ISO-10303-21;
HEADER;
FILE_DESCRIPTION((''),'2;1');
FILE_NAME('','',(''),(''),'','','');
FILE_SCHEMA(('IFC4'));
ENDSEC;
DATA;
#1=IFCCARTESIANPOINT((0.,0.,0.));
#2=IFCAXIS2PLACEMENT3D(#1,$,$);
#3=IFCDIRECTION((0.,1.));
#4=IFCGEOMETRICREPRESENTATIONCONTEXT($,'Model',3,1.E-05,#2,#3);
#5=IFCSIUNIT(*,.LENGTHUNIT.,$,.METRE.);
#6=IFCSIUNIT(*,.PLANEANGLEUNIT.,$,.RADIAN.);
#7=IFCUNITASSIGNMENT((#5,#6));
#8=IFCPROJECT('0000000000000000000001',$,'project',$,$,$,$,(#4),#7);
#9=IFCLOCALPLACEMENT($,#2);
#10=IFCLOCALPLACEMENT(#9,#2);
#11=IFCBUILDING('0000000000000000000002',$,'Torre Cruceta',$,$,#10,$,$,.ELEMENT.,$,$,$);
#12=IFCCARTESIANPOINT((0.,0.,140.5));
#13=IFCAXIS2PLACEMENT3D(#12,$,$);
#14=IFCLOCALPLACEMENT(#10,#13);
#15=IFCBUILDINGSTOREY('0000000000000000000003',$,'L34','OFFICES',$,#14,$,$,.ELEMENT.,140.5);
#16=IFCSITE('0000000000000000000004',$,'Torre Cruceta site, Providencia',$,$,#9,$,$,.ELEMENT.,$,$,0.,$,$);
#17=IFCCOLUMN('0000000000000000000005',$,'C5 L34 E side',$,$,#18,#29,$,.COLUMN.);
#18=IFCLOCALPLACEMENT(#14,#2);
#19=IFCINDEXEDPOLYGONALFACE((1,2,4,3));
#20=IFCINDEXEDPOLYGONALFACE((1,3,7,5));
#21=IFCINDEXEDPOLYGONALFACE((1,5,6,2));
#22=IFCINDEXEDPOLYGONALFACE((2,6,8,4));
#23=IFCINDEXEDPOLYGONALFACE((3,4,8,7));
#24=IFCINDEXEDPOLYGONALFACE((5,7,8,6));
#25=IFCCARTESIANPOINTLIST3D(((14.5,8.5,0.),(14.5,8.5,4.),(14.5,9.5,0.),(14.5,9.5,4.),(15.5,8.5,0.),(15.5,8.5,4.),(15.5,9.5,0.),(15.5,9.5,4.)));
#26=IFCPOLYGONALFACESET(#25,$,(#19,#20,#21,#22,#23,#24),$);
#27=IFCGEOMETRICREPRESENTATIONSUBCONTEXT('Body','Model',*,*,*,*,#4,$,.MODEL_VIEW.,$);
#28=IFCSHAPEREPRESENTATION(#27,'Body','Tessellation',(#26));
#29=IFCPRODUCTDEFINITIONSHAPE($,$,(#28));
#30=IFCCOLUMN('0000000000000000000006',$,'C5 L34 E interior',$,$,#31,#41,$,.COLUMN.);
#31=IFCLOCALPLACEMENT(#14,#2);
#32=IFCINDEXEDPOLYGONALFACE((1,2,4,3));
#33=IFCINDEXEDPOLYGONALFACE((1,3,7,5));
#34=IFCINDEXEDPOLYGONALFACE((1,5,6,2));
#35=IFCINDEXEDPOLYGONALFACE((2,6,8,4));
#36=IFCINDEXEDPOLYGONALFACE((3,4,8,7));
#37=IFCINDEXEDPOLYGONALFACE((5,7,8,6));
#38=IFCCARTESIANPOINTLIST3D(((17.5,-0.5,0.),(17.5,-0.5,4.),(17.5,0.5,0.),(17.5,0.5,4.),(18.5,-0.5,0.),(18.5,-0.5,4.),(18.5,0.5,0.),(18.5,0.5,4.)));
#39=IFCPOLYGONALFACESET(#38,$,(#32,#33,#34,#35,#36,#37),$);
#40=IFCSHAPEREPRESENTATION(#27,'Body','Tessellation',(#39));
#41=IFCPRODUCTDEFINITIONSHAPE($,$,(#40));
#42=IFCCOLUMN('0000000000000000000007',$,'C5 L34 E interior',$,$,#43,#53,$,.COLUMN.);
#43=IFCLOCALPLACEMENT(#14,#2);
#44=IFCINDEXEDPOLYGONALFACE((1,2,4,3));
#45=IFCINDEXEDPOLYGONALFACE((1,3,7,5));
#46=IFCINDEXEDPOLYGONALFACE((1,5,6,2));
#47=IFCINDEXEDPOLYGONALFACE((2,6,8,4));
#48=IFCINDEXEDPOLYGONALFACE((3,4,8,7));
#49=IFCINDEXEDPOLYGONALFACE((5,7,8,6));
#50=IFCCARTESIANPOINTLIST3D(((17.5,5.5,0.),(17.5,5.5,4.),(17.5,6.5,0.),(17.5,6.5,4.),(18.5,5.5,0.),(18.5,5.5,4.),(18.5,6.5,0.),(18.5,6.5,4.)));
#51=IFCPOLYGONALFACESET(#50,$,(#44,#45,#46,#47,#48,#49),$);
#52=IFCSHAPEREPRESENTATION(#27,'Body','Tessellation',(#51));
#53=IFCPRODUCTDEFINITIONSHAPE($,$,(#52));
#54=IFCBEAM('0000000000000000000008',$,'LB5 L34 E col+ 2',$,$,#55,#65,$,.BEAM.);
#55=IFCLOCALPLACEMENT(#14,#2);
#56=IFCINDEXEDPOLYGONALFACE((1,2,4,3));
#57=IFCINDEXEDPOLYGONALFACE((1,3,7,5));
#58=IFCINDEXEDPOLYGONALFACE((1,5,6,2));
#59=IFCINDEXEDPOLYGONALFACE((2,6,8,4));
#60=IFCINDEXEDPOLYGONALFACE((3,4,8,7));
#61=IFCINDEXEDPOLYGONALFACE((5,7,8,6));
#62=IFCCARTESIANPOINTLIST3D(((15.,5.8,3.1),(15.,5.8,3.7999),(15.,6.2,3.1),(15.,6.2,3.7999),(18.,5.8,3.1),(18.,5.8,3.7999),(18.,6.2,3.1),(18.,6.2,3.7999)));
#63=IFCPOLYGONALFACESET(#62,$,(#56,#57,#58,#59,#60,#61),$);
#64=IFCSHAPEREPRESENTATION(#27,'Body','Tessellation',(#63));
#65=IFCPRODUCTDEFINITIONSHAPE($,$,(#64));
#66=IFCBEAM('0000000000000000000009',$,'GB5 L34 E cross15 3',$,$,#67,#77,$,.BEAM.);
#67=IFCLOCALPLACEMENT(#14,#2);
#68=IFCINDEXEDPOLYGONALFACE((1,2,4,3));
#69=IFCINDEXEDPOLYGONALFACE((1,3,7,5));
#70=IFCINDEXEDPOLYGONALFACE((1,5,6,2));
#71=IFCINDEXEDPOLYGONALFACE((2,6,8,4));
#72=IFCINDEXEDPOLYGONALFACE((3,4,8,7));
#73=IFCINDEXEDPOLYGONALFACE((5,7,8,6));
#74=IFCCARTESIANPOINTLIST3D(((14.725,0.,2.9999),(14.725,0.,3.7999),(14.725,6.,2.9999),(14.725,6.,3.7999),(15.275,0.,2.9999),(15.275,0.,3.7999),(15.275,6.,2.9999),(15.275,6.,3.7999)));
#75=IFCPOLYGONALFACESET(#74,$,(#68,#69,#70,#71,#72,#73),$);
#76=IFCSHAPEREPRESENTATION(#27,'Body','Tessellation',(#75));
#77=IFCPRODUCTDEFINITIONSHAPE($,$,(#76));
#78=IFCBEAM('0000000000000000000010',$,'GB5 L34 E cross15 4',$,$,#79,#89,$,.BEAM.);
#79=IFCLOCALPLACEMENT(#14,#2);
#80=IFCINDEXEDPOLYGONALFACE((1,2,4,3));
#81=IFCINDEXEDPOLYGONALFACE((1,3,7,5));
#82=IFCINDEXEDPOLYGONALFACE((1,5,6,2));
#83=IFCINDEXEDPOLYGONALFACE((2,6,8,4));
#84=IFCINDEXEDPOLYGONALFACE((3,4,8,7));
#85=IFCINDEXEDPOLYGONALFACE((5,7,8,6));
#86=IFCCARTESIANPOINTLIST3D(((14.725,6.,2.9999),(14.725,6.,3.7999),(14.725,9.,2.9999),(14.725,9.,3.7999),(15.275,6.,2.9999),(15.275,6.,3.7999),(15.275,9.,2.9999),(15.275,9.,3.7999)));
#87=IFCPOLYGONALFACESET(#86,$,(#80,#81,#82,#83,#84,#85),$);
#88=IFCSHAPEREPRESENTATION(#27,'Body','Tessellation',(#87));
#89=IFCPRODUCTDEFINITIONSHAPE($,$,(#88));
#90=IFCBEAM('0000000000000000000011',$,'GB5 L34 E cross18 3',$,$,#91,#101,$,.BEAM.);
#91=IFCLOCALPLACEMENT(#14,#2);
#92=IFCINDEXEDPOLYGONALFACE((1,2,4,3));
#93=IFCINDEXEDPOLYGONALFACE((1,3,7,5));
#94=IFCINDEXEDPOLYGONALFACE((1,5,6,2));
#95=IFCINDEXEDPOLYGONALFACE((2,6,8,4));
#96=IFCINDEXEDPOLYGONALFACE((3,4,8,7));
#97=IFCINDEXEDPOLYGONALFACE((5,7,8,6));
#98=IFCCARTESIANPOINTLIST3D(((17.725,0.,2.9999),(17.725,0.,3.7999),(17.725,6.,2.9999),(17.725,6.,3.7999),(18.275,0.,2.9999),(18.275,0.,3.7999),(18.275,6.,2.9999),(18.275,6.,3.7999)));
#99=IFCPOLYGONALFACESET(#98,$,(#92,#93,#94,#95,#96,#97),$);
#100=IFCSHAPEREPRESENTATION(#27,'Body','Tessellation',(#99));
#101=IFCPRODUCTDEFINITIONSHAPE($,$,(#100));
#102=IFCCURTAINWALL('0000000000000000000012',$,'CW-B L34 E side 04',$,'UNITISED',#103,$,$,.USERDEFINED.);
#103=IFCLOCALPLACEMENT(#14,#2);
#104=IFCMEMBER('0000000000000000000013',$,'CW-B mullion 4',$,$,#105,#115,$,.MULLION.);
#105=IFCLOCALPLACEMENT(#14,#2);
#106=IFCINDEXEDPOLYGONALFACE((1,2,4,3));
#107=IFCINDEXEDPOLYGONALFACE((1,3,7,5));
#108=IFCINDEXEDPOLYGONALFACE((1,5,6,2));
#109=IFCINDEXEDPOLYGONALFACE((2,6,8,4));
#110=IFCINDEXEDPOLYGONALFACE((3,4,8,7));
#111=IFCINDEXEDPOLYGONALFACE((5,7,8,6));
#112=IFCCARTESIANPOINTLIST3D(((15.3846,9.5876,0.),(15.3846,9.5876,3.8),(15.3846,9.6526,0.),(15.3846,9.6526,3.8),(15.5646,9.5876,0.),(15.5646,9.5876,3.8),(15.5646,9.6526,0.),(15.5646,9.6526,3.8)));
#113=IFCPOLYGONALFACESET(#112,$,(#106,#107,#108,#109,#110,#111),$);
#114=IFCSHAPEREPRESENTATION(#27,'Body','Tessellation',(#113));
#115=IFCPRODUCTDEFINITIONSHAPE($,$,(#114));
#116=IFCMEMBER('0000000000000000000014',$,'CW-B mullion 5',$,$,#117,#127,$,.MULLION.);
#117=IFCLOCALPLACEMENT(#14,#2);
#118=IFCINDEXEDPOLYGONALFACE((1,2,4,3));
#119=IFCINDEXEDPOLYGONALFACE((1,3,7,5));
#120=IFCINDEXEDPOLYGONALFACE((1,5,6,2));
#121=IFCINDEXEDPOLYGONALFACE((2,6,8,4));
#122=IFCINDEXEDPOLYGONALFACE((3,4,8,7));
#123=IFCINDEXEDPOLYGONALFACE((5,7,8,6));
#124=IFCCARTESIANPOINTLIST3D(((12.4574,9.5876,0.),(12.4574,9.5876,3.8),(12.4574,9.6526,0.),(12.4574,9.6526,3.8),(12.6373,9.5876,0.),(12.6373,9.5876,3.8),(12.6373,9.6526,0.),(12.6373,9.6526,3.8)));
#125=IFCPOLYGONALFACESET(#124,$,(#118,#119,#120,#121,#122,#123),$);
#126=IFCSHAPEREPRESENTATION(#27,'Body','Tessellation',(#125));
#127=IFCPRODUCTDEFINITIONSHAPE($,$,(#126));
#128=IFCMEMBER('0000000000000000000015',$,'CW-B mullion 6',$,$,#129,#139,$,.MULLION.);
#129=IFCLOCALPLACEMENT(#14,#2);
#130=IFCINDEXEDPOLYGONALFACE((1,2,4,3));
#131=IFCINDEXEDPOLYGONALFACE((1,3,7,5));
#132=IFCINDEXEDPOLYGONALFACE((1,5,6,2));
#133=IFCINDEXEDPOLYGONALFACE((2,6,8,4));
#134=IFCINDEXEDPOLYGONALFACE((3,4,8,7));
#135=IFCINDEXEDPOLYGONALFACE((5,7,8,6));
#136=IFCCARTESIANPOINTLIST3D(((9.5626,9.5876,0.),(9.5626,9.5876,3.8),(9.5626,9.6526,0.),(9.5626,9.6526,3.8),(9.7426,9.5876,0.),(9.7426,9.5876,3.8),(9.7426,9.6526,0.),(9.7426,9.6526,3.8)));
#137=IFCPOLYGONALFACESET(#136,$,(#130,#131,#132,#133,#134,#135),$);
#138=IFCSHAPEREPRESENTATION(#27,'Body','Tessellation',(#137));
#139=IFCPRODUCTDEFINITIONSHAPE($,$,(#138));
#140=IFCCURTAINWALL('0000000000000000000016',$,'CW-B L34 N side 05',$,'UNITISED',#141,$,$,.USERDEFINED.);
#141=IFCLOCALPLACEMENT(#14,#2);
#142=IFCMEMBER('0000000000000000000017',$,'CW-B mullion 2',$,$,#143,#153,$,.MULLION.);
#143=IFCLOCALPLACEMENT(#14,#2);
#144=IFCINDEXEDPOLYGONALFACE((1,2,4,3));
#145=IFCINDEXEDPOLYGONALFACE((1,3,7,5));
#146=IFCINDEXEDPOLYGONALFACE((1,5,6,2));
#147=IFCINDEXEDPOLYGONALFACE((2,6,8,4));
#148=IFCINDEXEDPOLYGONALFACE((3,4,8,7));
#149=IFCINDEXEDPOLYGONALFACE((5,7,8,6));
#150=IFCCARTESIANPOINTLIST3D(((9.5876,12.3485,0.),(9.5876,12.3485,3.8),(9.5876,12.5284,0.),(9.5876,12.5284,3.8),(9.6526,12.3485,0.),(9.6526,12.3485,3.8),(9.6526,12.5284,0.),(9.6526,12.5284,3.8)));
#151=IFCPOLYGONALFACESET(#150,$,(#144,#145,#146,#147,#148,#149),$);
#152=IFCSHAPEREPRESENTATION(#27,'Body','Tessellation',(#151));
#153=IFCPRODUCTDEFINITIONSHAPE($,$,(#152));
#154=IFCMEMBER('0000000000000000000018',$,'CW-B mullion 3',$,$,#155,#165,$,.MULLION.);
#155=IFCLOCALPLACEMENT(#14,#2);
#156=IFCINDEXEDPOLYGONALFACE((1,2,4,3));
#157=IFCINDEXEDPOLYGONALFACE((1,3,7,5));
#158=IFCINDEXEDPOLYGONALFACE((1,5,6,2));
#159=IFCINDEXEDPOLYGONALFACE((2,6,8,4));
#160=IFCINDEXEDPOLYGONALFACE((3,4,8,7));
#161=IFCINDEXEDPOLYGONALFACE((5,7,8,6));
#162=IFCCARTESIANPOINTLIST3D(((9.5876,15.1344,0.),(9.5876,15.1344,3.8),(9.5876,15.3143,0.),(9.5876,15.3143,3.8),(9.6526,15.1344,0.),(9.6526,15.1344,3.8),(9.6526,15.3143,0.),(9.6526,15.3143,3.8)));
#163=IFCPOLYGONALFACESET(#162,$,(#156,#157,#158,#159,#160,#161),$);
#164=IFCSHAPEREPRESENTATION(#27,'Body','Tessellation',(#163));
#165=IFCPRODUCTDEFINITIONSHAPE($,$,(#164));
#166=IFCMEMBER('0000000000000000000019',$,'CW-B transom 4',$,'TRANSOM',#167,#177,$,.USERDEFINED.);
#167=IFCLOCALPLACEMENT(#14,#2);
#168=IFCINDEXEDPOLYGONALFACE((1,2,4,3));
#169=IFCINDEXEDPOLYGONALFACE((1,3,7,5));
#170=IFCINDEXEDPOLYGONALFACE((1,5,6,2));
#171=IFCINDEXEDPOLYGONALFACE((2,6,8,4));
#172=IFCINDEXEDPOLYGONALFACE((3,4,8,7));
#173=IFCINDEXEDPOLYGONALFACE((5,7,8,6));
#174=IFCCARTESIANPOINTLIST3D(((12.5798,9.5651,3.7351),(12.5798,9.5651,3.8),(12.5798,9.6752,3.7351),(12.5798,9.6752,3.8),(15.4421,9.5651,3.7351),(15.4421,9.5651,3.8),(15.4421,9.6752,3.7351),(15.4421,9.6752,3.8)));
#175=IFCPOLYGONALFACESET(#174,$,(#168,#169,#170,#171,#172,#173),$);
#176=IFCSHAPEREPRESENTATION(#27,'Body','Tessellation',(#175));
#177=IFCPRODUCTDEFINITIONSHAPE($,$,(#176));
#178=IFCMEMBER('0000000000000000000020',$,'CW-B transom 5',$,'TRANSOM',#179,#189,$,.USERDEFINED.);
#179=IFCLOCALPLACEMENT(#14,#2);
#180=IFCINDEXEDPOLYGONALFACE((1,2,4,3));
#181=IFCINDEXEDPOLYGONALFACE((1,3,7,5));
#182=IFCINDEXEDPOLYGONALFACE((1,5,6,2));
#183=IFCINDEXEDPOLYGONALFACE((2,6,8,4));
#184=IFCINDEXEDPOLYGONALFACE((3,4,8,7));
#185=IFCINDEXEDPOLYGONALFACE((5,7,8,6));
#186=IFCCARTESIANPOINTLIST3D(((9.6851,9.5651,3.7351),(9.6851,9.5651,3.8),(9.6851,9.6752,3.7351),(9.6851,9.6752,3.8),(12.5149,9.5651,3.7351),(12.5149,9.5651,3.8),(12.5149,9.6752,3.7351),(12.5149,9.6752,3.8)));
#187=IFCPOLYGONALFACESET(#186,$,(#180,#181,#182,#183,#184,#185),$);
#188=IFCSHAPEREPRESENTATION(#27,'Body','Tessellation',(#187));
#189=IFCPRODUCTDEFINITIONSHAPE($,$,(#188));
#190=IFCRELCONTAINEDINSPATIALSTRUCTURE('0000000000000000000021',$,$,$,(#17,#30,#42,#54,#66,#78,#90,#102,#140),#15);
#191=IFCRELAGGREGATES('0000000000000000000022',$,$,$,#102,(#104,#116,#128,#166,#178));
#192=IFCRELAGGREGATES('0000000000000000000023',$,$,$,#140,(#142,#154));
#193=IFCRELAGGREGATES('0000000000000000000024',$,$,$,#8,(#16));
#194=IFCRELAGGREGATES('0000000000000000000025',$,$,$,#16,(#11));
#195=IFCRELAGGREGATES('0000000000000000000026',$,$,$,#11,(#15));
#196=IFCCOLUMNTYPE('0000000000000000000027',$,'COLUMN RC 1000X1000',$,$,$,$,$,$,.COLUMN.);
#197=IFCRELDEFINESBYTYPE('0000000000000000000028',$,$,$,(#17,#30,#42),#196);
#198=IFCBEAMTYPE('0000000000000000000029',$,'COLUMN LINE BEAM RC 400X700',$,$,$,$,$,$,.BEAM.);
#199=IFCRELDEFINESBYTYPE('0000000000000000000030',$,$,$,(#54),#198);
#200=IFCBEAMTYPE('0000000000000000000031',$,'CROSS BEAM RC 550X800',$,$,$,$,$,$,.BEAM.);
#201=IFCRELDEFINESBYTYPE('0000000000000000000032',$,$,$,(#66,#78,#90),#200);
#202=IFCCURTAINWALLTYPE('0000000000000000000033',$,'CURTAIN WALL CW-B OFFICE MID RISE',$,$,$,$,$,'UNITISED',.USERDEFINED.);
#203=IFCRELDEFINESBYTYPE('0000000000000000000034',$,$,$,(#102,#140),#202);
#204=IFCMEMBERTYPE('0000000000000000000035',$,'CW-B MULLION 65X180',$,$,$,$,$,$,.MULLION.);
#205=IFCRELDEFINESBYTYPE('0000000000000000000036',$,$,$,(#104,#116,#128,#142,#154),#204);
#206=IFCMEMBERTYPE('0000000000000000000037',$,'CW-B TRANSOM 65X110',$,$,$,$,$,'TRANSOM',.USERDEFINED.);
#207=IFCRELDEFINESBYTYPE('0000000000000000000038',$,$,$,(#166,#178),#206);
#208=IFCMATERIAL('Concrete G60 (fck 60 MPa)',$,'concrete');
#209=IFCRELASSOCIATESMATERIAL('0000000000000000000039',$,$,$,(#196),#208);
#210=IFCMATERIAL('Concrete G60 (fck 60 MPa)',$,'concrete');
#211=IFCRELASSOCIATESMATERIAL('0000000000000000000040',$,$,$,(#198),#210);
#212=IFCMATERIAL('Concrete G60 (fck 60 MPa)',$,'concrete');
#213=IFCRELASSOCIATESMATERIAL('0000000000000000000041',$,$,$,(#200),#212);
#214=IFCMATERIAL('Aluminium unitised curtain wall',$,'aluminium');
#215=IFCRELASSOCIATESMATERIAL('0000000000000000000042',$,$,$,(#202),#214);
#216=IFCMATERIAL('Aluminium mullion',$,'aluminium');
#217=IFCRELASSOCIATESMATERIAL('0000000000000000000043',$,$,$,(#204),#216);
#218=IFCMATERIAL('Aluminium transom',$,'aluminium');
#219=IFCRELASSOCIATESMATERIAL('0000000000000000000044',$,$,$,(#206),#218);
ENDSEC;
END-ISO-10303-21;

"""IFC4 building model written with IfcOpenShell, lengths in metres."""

from ifc_helpers import new_model, si_unit, direction, frame, origin, origin_2d, place, context, subcontext, project, spatial, rectangle, extrude, material, material_profile, profile_set, type_object, element, aggregate, save


model = new_model("IFC4")

# Units and contexts
model_context = context("Model", 3, precision=1e-05, world=origin(), true_north=direction((0.0, 1.0)))
body_context = subcontext(model_context, "Body", "Model", "MODEL_VIEW")
ifc_project = project(units=[si_unit("LENGTHUNIT", "METRE"), si_unit("PLANEANGLEUNIT", "RADIAN")], contexts=[model_context])

# Site, building, storey
site_placement = place(None, origin())
site = spatial("IfcSite", under=ifc_project, at=site_placement, Name="Torre Cruceta site, Providencia", CompositionType="ELEMENT", RefElevation=0.0)
building_placement = place(site_placement, origin())
building = spatial("IfcBuilding", under=site, at=building_placement, Name="Torre Cruceta", CompositionType="ELEMENT")
storey_placement = place(building_placement, frame((0.0, 0.0, 140.5)))
storey = spatial("IfcBuildingStorey", under=building, at=storey_placement, Name="L34", Description="OFFICES", CompositionType="ELEMENT", Elevation=140.5)

# Columns
ifc_material_1 = material(Name="Concrete G60 (fck 60 MPa)", Category="concrete")
ifc_material_profile_1 = material_profile(ifc_material_1, rectangle(XDim=1.0, YDim=1.0, at=origin_2d()), Name="RC 1000X1000")
ifc_profile_set_1 = profile_set([ifc_material_profile_1], Name="Concrete G60 (fck 60 MPa)")
column_type = type_object("IfcColumnType", Name="COLUMN RC 1000X1000", PredefinedType="COLUMN", material=ifc_profile_set_1)
for number, where, z_axis, x_axis, name in (
    (1, (15.0, 9.0, 0.0), (0.0, 0.0, 1.0), (1.0, 0.0, 0.0), "C5 L34 E side"),
    (2, (18.0, 0.0, 0.0), (0.0, 0.0, 1.0), (1.0, 0.0, 0.0), "C5 L34 E interior"),
    (3, (18.0, 6.0, 0.0), (0.0, 0.0, 1.0), (1.0, 0.0, 0.0), "C5 L34 E interior"),
):
    element("IfcColumn", number, at=place(storey_placement, frame(where, z_axis=z_axis, x_axis=x_axis)), inside=storey, type_object=column_type, Name=name, PredefinedType="COLUMN", context=body_context, shape_type="SweptSolid", body=[
        extrude(rectangle(XDim=1.0, YDim=1.0, at=origin_2d()), origin(), (0.0, 0.0, 1.0), 4.0),
    ])

# Beams
ifc_material_2 = material(Name="Concrete G60 (fck 60 MPa)", Category="concrete")
ifc_material_profile_2 = material_profile(ifc_material_2, rectangle(XDim=0.3999, YDim=0.7, at=origin_2d()), Name="RC 400X700")
ifc_profile_set_2 = profile_set([ifc_material_profile_2], Name="Concrete G60 (fck 60 MPa)")
beam_type_1 = type_object("IfcBeamType", Name="COLUMN LINE BEAM RC 400X700", PredefinedType="BEAM", material=ifc_profile_set_2)
beam_1_placement = place(storey_placement, frame((15.0, 6.0, 3.45), z_axis=(1.0, 0.0, 0.0), x_axis=(0.0, 1.0, 0.0)))
element("IfcBeam", 4, at=beam_1_placement, inside=storey, type_object=beam_type_1, Name="LB5 L34 E col+ 2", PredefinedType="BEAM", context=body_context, shape_type="SweptSolid", body=[
    extrude(rectangle(XDim=0.3999, YDim=0.7, at=origin_2d()), origin(), (0.0, 0.0, 1.0), 3.0),
])
ifc_material_3 = material(Name="Concrete G60 (fck 60 MPa)", Category="concrete")
ifc_material_profile_3 = material_profile(ifc_material_3, rectangle(XDim=0.55, YDim=0.8, at=origin_2d()), Name="RC 550X800")
ifc_profile_set_3 = profile_set([ifc_material_profile_3], Name="Concrete G60 (fck 60 MPa)")
beam_type_2 = type_object("IfcBeamType", Name="CROSS BEAM RC 550X800", PredefinedType="BEAM", material=ifc_profile_set_3)
beam_2_placement = place(storey_placement, frame((15.0, 0.0, 3.3999), z_axis=(0.0, 1.0, 0.0), x_axis=(-1.0, 0.0, 0.0)))
element("IfcBeam", 5, at=beam_2_placement, inside=storey, type_object=beam_type_2, Name="GB5 L34 E cross15 3", PredefinedType="BEAM", context=body_context, shape_type="SweptSolid", body=[
    extrude(rectangle(XDim=0.55, YDim=0.8, at=origin_2d()), origin(), (0.0, 0.0, 1.0), 6.0),
])
beam_3_placement = place(storey_placement, frame((15.0, 6.0, 3.3999), z_axis=(0.0, 1.0, 0.0), x_axis=(-1.0, 0.0, 0.0)))
element("IfcBeam", 6, at=beam_3_placement, inside=storey, type_object=beam_type_2, Name="GB5 L34 E cross15 4", PredefinedType="BEAM", context=body_context, shape_type="SweptSolid", body=[
    extrude(rectangle(XDim=0.55, YDim=0.8, at=origin_2d()), origin(), (0.0, 0.0, 1.0), 3.0),
])
beam_4_placement = place(storey_placement, frame((18.0, 0.0, 3.3999), z_axis=(0.0, 1.0, 0.0), x_axis=(-1.0, 0.0, 0.0)))
element("IfcBeam", 7, at=beam_4_placement, inside=storey, type_object=beam_type_2, Name="GB5 L34 E cross18 3", PredefinedType="BEAM", context=body_context, shape_type="SweptSolid", body=[
    extrude(rectangle(XDim=0.55, YDim=0.8, at=origin_2d()), origin(), (0.0, 0.0, 1.0), 6.0),
])

# Curtain walls, members
ifc_material_4 = material(Name="Aluminium unitised curtain wall", Category="aluminium")
curtain_wall_type = type_object("IfcCurtainWallType", Name="CURTAIN WALL CW-B OFFICE MID RISE", ElementType="UNITISED", PredefinedType="USERDEFINED", material=ifc_material_4)
curtain_wall_1_placement = place(storey_placement, origin())
curtain_wall_1 = element("IfcCurtainWall", 8, at=curtain_wall_1_placement, inside=storey, type_object=curtain_wall_type, Name="CW-B L34 E side 04", ObjectType="UNITISED", PredefinedType="USERDEFINED")
ifc_material_5 = material(Name="Aluminium mullion", Category="aluminium")
ifc_material_profile_4 = material_profile(ifc_material_5, rectangle(XDim=0.0649, YDim=0.1799, at=origin_2d()), Name="AL 65X180")
ifc_profile_set_4 = profile_set([ifc_material_profile_4], Name="Aluminium mullion")
member_type_1 = type_object("IfcMemberType", Name="CW-B MULLION 65X180", PredefinedType="MULLION", material=ifc_profile_set_4)
member_1_placement = place(storey_placement, frame((15.4746, 9.6201, 0.0), z_axis=(0.0, 0.0, 1.0), x_axis=(0.0, -1.0, 0.0)))
member_1 = element("IfcMember", 9, at=member_1_placement, type_object=member_type_1, Name="CW-B mullion 4", PredefinedType="MULLION", context=body_context, shape_type="SweptSolid", body=[
    extrude(rectangle(XDim=0.0649, YDim=0.1799, at=origin_2d()), origin(), (0.0, 0.0, 1.0), 3.8),
])
member_2_placement = place(storey_placement, frame((12.5474, 9.6201, 0.0), z_axis=(0.0, 0.0, 1.0), x_axis=(0.0, -1.0, 0.0)))
member_2 = element("IfcMember", 10, at=member_2_placement, type_object=member_type_1, Name="CW-B mullion 5", PredefinedType="MULLION", context=body_context, shape_type="SweptSolid", body=[
    extrude(rectangle(XDim=0.0649, YDim=0.1799, at=origin_2d()), origin(), (0.0, 0.0, 1.0), 3.8),
])
member_3_placement = place(storey_placement, frame((9.6526, 9.6201, 0.0), z_axis=(0.0, 0.0, 1.0), x_axis=(0.0, -1.0, 0.0)))
member_3 = element("IfcMember", 11, at=member_3_placement, type_object=member_type_1, Name="CW-B mullion 6", PredefinedType="MULLION", context=body_context, shape_type="SweptSolid", body=[
    extrude(rectangle(XDim=0.0649, YDim=0.1799, at=origin_2d()), origin(), (0.0, 0.0, 1.0), 3.8),
])
curtain_wall_2_placement = place(storey_placement, origin())
curtain_wall_2 = element("IfcCurtainWall", 12, at=curtain_wall_2_placement, inside=storey, type_object=curtain_wall_type, Name="CW-B L34 N side 05", ObjectType="UNITISED", PredefinedType="USERDEFINED")
member_4_placement = place(storey_placement, frame((9.6201, 12.4385, 0.0), z_axis=(0.0, 0.0, 1.0), x_axis=(-1.0, 0.0, 0.0)))
member_4 = element("IfcMember", 13, at=member_4_placement, type_object=member_type_1, Name="CW-B mullion 2", PredefinedType="MULLION", context=body_context, shape_type="SweptSolid", body=[
    extrude(rectangle(XDim=0.0649, YDim=0.1799, at=origin_2d()), origin(), (0.0, 0.0, 1.0), 3.8),
])
member_5_placement = place(storey_placement, frame((9.6201, 15.2244, 0.0), z_axis=(0.0, 0.0, 1.0), x_axis=(-1.0, 0.0, 0.0)))
member_5 = element("IfcMember", 14, at=member_5_placement, type_object=member_type_1, Name="CW-B mullion 3", PredefinedType="MULLION", context=body_context, shape_type="SweptSolid", body=[
    extrude(rectangle(XDim=0.0649, YDim=0.1799, at=origin_2d()), origin(), (0.0, 0.0, 1.0), 3.8),
])

# Members
ifc_material_6 = material(Name="Aluminium transom", Category="aluminium")
ifc_material_profile_5 = material_profile(ifc_material_6, rectangle(XDim=0.1101, YDim=0.0649, at=origin_2d()), Name="AL 110X65")
ifc_profile_set_5 = profile_set([ifc_material_profile_5], Name="Aluminium transom")
member_type_2 = type_object("IfcMemberType", Name="CW-B TRANSOM 65X110", ElementType="TRANSOM", PredefinedType="USERDEFINED", material=ifc_profile_set_5)
member_6_placement = place(storey_placement, frame((15.4421, 9.6201, 3.7676), z_axis=(-1.0, 0.0, 0.0), x_axis=(0.0, -1.0, 0.0)))
member_6 = element("IfcMember", 15, at=member_6_placement, type_object=member_type_2, Name="CW-B transom 4", ObjectType="TRANSOM", PredefinedType="USERDEFINED", context=body_context, shape_type="SweptSolid", body=[
    extrude(rectangle(XDim=0.1101, YDim=0.0649, at=origin_2d()), origin(), (0.0, 0.0, 1.0), 2.8623),
])
member_7_placement = place(storey_placement, frame((12.5149, 9.6201, 3.7676), z_axis=(-1.0, 0.0, 0.0), x_axis=(0.0, -1.0, 0.0)))
member_7 = element("IfcMember", 16, at=member_7_placement, type_object=member_type_2, Name="CW-B transom 5", ObjectType="TRANSOM", PredefinedType="USERDEFINED", context=body_context, shape_type="SweptSolid", body=[
    extrude(rectangle(XDim=0.1101, YDim=0.0649, at=origin_2d()), origin(), (0.0, 0.0, 1.0), 2.8298),
])

aggregate(curtain_wall_1, [member_1, member_2, member_3, member_6, member_7])
aggregate(curtain_wall_2, [member_4, member_5])

save(model, "model.ifc")
